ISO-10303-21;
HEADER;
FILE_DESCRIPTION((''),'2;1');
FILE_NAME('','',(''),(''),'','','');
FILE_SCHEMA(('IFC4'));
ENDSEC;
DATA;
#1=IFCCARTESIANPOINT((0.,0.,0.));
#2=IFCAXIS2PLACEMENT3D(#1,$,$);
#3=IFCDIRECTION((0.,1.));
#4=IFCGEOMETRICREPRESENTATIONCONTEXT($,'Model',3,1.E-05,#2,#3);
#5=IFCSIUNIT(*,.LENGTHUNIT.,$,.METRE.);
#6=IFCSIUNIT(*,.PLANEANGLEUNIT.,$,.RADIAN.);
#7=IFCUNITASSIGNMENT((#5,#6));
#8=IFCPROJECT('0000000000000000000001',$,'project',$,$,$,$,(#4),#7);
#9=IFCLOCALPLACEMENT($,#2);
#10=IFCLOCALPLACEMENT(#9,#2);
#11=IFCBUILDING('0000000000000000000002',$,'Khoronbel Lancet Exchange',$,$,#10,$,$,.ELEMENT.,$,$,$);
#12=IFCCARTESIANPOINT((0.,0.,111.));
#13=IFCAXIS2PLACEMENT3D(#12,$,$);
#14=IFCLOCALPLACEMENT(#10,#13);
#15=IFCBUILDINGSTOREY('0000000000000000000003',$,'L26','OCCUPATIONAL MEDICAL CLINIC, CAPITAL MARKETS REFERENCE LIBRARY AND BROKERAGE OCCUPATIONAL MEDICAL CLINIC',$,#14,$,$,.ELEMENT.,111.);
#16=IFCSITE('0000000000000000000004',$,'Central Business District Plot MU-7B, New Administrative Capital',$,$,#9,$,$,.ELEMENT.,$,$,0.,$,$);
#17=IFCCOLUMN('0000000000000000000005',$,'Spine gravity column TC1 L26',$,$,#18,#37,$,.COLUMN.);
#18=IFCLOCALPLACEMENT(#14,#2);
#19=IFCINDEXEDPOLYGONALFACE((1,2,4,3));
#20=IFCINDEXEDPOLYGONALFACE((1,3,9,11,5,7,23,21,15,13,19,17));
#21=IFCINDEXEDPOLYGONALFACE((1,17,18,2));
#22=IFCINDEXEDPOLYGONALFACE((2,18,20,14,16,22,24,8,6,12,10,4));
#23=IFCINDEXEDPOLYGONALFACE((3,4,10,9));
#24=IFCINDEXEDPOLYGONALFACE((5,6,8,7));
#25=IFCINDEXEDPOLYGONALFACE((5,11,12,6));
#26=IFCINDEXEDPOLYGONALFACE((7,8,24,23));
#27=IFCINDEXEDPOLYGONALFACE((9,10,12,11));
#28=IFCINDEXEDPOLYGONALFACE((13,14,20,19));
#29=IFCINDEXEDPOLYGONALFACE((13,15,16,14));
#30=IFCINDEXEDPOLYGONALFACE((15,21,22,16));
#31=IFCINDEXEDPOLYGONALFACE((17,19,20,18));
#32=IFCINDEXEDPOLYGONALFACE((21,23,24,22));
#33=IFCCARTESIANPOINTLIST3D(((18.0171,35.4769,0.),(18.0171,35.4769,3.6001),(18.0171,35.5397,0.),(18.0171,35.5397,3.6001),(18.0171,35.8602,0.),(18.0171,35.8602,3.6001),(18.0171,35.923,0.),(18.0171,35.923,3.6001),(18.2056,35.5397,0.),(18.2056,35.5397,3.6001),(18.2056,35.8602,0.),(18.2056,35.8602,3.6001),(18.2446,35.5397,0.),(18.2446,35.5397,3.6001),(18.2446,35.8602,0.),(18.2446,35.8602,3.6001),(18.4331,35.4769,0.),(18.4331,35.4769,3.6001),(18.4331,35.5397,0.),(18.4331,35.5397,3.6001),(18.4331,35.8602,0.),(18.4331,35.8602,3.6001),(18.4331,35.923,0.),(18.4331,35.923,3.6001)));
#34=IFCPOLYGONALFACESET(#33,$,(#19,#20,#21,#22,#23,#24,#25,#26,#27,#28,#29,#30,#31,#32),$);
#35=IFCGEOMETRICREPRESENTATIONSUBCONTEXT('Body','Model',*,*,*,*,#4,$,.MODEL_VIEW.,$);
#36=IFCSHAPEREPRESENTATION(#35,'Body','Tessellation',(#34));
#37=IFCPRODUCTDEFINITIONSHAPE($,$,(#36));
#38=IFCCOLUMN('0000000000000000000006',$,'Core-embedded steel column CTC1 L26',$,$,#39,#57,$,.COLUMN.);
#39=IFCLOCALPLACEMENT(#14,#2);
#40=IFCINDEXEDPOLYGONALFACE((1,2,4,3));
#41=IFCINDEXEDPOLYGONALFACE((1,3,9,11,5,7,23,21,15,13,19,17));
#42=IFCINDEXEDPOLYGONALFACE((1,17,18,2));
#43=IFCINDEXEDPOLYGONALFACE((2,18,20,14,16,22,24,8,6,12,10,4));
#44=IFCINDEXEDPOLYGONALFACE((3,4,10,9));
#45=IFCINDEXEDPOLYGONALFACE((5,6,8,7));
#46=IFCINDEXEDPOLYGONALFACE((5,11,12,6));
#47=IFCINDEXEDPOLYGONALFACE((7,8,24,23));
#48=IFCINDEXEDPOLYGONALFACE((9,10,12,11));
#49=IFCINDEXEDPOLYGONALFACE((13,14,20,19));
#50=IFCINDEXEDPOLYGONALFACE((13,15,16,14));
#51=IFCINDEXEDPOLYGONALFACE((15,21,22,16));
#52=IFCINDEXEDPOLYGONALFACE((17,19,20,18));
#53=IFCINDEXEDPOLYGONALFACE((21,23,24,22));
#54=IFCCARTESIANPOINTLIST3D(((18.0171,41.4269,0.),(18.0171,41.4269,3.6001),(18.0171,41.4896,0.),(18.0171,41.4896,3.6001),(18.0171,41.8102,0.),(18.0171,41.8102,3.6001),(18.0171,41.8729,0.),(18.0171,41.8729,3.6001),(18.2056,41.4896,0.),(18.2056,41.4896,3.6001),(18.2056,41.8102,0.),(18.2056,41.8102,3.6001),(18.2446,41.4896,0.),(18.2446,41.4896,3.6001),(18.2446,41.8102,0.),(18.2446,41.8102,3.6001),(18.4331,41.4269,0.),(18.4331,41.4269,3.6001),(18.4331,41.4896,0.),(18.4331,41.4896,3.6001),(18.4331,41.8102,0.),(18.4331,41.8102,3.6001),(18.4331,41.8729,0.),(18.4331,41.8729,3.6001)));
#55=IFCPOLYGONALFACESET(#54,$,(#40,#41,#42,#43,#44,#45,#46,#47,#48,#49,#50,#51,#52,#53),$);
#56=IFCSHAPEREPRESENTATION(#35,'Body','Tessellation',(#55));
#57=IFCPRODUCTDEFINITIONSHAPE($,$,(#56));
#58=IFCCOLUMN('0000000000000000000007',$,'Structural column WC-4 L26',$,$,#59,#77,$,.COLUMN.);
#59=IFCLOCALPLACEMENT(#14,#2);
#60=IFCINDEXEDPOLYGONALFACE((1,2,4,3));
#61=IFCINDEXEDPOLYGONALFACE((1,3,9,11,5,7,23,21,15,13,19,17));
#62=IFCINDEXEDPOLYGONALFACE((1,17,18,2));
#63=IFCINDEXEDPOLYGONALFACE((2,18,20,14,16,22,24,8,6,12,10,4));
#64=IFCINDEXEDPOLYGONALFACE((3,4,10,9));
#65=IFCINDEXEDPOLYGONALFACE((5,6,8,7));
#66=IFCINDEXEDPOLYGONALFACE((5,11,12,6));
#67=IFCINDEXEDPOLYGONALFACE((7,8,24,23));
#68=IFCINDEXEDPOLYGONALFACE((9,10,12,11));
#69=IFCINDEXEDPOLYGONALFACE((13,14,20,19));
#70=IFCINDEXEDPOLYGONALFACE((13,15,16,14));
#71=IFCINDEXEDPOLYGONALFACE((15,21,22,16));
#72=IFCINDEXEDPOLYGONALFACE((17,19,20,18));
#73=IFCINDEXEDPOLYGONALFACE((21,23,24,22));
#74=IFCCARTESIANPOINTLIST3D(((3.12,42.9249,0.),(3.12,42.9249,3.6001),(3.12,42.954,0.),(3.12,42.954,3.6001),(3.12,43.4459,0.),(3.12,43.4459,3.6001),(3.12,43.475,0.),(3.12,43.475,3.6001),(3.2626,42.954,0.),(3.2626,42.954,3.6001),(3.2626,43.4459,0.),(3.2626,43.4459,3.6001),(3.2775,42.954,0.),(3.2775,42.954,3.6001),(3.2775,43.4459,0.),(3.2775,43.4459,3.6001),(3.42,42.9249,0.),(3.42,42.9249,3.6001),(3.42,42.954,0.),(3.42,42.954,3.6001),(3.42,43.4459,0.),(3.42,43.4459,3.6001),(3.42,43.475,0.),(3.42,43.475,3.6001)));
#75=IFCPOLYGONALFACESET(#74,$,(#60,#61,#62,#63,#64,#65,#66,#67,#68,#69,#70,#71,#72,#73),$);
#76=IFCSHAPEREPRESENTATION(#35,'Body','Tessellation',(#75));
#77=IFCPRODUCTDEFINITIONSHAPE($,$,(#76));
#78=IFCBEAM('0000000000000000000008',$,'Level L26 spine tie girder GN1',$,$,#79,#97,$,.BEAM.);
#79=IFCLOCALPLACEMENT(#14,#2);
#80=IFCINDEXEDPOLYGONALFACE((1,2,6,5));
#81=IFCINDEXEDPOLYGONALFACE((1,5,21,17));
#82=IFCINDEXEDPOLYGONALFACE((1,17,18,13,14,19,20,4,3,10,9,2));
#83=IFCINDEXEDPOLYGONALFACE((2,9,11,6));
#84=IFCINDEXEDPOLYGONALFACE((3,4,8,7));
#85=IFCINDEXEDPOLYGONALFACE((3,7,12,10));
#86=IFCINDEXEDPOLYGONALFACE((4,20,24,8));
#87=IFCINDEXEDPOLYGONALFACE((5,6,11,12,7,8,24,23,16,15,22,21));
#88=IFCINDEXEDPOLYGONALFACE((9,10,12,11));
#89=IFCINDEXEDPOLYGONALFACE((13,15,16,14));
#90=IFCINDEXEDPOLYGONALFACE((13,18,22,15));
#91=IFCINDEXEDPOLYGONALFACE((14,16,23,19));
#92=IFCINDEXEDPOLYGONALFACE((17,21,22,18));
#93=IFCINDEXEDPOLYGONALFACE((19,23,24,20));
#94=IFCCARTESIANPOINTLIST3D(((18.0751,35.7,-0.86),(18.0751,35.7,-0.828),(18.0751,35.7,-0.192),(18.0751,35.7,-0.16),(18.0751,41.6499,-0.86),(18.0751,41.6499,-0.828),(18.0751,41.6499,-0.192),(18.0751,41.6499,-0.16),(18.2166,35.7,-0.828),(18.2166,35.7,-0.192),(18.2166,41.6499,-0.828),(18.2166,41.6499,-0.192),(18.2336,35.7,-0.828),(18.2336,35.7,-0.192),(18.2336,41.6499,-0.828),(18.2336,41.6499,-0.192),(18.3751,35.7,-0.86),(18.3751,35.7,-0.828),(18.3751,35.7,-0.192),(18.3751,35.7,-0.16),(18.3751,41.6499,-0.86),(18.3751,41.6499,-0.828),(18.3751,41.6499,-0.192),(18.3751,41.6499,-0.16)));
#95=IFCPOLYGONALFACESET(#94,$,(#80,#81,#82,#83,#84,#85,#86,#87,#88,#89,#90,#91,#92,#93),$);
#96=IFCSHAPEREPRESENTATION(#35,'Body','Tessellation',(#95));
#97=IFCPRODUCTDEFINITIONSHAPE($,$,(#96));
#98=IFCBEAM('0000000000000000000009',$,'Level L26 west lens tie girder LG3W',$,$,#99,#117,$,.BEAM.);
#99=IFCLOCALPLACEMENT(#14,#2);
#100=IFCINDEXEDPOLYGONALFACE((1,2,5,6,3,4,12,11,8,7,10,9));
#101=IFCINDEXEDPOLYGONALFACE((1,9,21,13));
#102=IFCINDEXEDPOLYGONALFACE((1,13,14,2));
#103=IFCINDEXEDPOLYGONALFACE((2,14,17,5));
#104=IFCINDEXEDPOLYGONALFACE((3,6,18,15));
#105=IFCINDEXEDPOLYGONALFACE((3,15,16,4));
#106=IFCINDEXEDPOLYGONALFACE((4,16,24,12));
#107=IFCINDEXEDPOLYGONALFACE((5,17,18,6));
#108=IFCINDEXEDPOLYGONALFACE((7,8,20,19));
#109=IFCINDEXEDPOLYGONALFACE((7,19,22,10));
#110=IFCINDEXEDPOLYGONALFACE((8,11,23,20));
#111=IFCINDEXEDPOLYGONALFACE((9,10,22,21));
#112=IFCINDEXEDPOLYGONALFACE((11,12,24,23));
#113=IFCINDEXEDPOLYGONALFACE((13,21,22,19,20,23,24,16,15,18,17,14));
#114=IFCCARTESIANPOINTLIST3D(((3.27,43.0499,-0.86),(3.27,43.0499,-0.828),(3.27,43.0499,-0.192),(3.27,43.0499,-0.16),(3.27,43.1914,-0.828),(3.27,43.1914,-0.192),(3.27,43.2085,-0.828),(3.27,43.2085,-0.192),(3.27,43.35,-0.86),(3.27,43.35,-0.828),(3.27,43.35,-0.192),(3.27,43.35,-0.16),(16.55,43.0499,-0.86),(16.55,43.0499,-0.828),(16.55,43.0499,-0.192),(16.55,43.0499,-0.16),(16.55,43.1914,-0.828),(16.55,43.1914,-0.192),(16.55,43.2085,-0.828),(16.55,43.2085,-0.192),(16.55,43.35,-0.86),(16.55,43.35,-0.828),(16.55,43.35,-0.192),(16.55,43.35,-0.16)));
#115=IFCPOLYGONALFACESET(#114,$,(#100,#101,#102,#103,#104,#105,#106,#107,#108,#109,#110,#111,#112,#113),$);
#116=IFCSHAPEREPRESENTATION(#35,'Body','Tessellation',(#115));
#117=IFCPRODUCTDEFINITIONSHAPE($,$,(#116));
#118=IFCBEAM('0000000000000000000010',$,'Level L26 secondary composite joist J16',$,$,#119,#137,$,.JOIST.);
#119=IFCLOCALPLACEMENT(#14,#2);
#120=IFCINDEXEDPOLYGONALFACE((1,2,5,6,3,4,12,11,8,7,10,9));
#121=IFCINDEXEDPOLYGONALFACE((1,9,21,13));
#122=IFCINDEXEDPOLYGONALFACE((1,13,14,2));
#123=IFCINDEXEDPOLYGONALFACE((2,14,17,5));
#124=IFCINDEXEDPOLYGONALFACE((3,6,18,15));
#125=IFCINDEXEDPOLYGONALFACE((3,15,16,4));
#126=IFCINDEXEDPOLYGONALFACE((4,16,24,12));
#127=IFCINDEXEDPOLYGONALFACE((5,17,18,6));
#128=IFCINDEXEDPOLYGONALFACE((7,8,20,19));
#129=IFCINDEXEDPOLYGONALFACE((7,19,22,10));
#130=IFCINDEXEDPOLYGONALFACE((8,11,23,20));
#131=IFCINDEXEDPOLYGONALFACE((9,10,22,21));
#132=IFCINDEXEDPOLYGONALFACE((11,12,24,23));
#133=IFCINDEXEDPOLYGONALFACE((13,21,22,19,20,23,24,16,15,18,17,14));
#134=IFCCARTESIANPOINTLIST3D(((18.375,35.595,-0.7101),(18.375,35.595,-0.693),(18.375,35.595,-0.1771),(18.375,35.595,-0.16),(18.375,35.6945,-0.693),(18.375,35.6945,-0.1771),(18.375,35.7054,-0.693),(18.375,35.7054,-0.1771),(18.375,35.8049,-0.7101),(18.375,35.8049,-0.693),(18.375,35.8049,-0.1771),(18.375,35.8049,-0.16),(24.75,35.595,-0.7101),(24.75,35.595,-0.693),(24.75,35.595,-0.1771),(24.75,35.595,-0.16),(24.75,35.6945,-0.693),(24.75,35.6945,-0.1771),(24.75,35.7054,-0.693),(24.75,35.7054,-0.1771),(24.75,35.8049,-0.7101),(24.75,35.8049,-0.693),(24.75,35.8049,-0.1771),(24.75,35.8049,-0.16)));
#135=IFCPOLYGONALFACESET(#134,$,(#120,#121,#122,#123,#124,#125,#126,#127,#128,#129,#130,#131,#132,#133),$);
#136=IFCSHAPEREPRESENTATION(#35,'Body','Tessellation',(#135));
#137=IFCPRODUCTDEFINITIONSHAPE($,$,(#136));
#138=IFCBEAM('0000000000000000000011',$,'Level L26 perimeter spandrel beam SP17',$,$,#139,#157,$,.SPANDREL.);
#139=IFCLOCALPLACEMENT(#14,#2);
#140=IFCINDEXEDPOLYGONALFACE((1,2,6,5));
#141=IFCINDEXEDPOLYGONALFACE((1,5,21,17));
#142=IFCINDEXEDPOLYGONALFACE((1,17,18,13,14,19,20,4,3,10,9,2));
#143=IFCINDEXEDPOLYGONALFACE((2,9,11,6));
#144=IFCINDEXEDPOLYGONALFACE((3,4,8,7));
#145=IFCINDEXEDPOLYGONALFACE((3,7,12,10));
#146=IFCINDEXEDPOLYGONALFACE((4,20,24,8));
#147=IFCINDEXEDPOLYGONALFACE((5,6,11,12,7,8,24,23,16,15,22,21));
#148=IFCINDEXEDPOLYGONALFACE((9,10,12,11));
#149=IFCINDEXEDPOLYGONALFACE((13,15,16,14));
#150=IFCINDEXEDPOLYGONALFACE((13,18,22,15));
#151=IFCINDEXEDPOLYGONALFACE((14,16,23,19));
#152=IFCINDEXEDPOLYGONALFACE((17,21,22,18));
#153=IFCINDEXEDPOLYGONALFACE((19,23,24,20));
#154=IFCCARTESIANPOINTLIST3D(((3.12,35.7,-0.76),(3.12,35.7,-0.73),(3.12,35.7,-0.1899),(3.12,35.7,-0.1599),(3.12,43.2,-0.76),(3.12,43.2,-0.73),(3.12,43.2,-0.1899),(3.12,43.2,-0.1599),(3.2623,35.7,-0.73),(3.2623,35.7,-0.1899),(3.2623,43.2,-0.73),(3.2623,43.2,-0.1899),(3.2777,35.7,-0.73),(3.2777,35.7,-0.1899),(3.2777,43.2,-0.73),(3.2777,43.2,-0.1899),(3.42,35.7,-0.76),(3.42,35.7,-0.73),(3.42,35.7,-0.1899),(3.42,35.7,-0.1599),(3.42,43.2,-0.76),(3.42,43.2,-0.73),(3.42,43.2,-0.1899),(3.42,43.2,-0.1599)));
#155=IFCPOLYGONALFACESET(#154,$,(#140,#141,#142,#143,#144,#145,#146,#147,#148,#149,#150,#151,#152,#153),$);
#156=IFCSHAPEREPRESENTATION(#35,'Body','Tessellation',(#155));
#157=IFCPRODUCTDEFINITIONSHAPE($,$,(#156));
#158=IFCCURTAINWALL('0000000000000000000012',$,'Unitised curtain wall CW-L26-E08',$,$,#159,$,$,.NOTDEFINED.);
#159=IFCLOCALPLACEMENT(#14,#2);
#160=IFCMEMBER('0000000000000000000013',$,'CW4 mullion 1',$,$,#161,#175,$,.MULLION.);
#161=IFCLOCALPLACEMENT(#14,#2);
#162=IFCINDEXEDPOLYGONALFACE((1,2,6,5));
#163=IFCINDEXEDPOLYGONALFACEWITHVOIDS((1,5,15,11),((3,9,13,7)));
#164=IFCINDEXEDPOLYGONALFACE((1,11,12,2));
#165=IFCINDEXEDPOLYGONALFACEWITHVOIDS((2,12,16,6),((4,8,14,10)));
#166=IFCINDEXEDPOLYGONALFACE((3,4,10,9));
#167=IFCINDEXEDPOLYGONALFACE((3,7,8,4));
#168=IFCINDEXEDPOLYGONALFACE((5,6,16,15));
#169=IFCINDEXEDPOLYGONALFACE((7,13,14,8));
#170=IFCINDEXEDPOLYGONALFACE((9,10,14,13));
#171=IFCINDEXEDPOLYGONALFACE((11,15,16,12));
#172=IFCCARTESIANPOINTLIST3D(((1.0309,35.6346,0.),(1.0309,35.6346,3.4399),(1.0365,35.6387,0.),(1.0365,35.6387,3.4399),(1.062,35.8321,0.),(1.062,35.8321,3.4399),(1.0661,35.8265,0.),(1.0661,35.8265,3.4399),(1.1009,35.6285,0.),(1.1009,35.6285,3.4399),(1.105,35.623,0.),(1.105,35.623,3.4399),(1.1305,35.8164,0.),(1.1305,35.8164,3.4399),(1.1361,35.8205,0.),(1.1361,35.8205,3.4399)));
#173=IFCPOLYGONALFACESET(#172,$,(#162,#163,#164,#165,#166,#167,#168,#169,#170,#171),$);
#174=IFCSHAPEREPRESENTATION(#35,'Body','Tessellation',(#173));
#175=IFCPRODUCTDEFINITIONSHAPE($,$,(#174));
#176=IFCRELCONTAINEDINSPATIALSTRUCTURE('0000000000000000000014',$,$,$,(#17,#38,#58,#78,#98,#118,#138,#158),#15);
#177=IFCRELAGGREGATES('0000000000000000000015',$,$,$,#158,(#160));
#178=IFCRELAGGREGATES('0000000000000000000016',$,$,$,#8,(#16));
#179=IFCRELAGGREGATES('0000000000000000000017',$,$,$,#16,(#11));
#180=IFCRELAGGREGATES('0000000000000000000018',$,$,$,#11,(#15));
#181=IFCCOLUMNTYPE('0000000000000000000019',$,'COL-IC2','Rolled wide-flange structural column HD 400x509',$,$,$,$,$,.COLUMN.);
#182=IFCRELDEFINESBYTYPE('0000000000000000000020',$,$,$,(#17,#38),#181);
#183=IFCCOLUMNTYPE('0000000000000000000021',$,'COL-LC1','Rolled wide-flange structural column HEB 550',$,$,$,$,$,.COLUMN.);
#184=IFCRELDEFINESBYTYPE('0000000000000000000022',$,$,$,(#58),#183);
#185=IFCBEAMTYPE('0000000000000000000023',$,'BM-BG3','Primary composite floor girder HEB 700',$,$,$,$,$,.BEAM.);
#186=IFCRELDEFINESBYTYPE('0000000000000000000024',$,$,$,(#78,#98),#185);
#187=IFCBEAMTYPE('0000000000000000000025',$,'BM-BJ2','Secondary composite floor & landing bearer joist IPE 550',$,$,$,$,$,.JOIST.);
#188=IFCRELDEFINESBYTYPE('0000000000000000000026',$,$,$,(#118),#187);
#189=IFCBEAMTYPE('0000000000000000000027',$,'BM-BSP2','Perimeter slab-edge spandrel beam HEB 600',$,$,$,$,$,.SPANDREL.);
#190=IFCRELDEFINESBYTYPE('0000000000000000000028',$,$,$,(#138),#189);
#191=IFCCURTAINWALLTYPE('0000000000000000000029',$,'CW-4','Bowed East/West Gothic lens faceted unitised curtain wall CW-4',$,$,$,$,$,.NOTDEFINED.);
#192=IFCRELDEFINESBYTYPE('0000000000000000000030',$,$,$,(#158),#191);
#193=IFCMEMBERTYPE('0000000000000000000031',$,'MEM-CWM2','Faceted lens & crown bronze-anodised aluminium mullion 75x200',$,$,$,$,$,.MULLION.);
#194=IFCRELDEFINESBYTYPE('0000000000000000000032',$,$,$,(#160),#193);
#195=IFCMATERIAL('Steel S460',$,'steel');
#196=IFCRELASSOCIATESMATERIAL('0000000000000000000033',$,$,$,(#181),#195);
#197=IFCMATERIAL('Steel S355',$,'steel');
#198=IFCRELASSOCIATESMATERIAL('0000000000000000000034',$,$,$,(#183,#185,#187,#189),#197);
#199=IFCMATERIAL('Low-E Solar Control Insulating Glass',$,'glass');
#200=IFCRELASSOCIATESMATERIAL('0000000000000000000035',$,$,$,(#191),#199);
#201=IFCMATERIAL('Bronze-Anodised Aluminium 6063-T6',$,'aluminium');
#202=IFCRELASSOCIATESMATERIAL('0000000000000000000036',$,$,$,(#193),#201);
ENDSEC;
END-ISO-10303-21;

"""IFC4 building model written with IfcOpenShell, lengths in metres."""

from ifc_helpers import new_model, si_unit, direction, frame, origin, origin_2d, place, context, subcontext, project, spatial, hollow_rectangle, i_section, extrude, material, material_profile, profile_set, type_object, element, aggregate, save


model = new_model("IFC4")

# Units and contexts
model_context = context("Model", 3, precision=1e-05, world=origin(), true_north=direction((0.0, 1.0)))
body_context = subcontext(model_context, "Body", "Model", "MODEL_VIEW")
ifc_project = project(units=[si_unit("LENGTHUNIT", "METRE"), si_unit("PLANEANGLEUNIT", "RADIAN")], contexts=[model_context])

# Site, building, storey
site_placement = place(None, origin())
site = spatial("IfcSite", under=ifc_project, at=site_placement, Name="Central Business District Plot MU-7B, New Administrative Capital", CompositionType="ELEMENT", RefElevation=0.0)
building_placement = place(site_placement, origin())
building = spatial("IfcBuilding", under=site, at=building_placement, Name="Khoronbel Lancet Exchange", CompositionType="ELEMENT")
storey_placement = place(building_placement, frame((0.0, 0.0, 111.0)))
storey = spatial("IfcBuildingStorey", under=building, at=storey_placement, Name="L26", Description="OCCUPATIONAL MEDICAL CLINIC, CAPITAL MARKETS REFERENCE LIBRARY AND BROKERAGE OCCUPATIONAL MEDICAL CLINIC", CompositionType="ELEMENT", Elevation=111.0)

# Columns
ifc_material_1 = material(Name="Steel S460", Category="steel")
ifc_material_profile_1 = material_profile(ifc_material_1, i_section(OverallWidth=0.416, OverallDepth=0.446, WebThickness=0.0391, FlangeThickness=0.0627, at=origin_2d()), Name="HD 400x509")
ifc_profile_set_1 = profile_set([ifc_material_profile_1], Name="Steel S460")
column_type_1 = type_object("IfcColumnType", Name="COL-IC2", Description="Rolled wide-flange structural column HD 400x509", PredefinedType="COLUMN", material=ifc_profile_set_1)
for number, where, z_axis, x_axis, name in (
    (1, (18.2251, 35.7, 0.0), (0.0, 0.0, 1.0), (1.0, 0.0, 0.0), "Spine gravity column TC1 L26"),
    (2, (18.2251, 41.6499, 0.0), (0.0, 0.0, 1.0), (1.0, 0.0, 0.0), "Core-embedded steel column CTC1 L26"),
):
    element("IfcColumn", number, at=place(storey_placement, frame(where, z_axis=z_axis, x_axis=x_axis)), inside=storey, type_object=column_type_1, Name=name, PredefinedType="COLUMN", context=body_context, shape_type="SweptSolid", body=[
        extrude(i_section(OverallWidth=0.416, OverallDepth=0.446, WebThickness=0.0391, FlangeThickness=0.0627, at=origin_2d()), origin(), (0.0, 0.0, 1.0), 3.6001),
    ])
ifc_material_2 = material(Name="Steel S355", Category="steel")
ifc_material_profile_2 = material_profile(ifc_material_2, i_section(OverallWidth=0.3, OverallDepth=0.55, WebThickness=0.0149, FlangeThickness=0.0291, at=origin_2d()), Name="HEB 550")
ifc_profile_set_2 = profile_set([ifc_material_profile_2], Name="Steel S355")
column_type_2 = type_object("IfcColumnType", Name="COL-LC1", Description="Rolled wide-flange structural column HEB 550", PredefinedType="COLUMN", material=ifc_profile_set_2)
column_placement = place(storey_placement, frame((3.27, 43.2, 0.0), z_axis=(0.0, 0.0, 1.0), x_axis=(1.0, 0.0, 0.0)))
element("IfcColumn", 3, at=column_placement, inside=storey, type_object=column_type_2, Name="Structural column WC-4 L26", PredefinedType="COLUMN", context=body_context, shape_type="SweptSolid", body=[
    extrude(i_section(OverallWidth=0.3, OverallDepth=0.55, WebThickness=0.0149, FlangeThickness=0.0291, at=origin_2d()), origin(), (0.0, 0.0, 1.0), 3.6001),
])

# Beams
ifc_material_profile_3 = material_profile(ifc_material_2, i_section(OverallWidth=0.3, OverallDepth=0.7, WebThickness=0.0171, FlangeThickness=0.032, at=origin_2d()), Name="HEB 700")
ifc_profile_set_3 = profile_set([ifc_material_profile_3], Name="Steel S355")
beam_type_1 = type_object("IfcBeamType", Name="BM-BG3", Description="Primary composite floor girder HEB 700", PredefinedType="BEAM", material=ifc_profile_set_3)
beam_1_placement = place(storey_placement, frame((18.2251, 35.7, -0.51), z_axis=(0.0, 1.0, 0.0), x_axis=(-1.0, 0.0, 0.0)))
element("IfcBeam", 4, at=beam_1_placement, inside=storey, type_object=beam_type_1, Name="Level L26 spine tie girder GN1", PredefinedType="BEAM", context=body_context, shape_type="SweptSolid", body=[
    extrude(i_section(OverallWidth=0.3, OverallDepth=0.7, WebThickness=0.0171, FlangeThickness=0.032, at=origin_2d()), origin(), (0.0, 0.0, 1.0), 5.95),
])
beam_2_placement = place(storey_placement, frame((3.27, 43.2, -0.51), z_axis=(1.0, 0.0, 0.0), x_axis=(0.0, 1.0, 0.0)))
element("IfcBeam", 5, at=beam_2_placement, inside=storey, type_object=beam_type_1, Name="Level L26 west lens tie girder LG3W", PredefinedType="BEAM", context=body_context, shape_type="SweptSolid", body=[
    extrude(i_section(OverallWidth=0.3, OverallDepth=0.7, WebThickness=0.0171, FlangeThickness=0.032, at=origin_2d()), origin(), (0.0, 0.0, 1.0), 13.28),
])
ifc_material_profile_4 = material_profile(ifc_material_2, i_section(OverallWidth=0.21, OverallDepth=0.55, WebThickness=0.011, FlangeThickness=0.0171, at=origin_2d()), Name="IPE 550")
ifc_profile_set_4 = profile_set([ifc_material_profile_4], Name="Steel S355")
beam_type_2 = type_object("IfcBeamType", Name="BM-BJ2", Description="Secondary composite floor & landing bearer joist IPE 550", PredefinedType="JOIST", material=ifc_profile_set_4)
beam_3_placement = place(storey_placement, frame((18.375, 35.7, -0.4351), z_axis=(1.0, 0.0, 0.0), x_axis=(0.0, 1.0, 0.0)))
element("IfcBeam", 6, at=beam_3_placement, inside=storey, type_object=beam_type_2, Name="Level L26 secondary composite joist J16", PredefinedType="JOIST", context=body_context, shape_type="SweptSolid", body=[
    extrude(i_section(OverallWidth=0.21, OverallDepth=0.55, WebThickness=0.011, FlangeThickness=0.0171, at=origin_2d()), origin(), (0.0, 0.0, 1.0), 6.375),
])
ifc_material_profile_5 = material_profile(ifc_material_2, i_section(OverallWidth=0.3, OverallDepth=0.6001, WebThickness=0.0154, FlangeThickness=0.03, at=origin_2d()), Name="HEB 600")
ifc_profile_set_5 = profile_set([ifc_material_profile_5], Name="Steel S355")
beam_type_3 = type_object("IfcBeamType", Name="BM-BSP2", Description="Perimeter slab-edge spandrel beam HEB 600", PredefinedType="SPANDREL", material=ifc_profile_set_5)
beam_4_placement = place(storey_placement, frame((3.27, 43.2, -0.46), z_axis=(0.0, -1.0, 0.0), x_axis=(1.0, 0.0, 0.0)))
element("IfcBeam", 7, at=beam_4_placement, inside=storey, type_object=beam_type_3, Name="Level L26 perimeter spandrel beam SP17", PredefinedType="SPANDREL", context=body_context, shape_type="SweptSolid", body=[
    extrude(i_section(OverallWidth=0.3, OverallDepth=0.6001, WebThickness=0.0154, FlangeThickness=0.03, at=origin_2d()), origin(), (0.0, 0.0, 1.0), 7.5),
])

# Curtain wall, member
ifc_material_3 = material(Name="Low-E Solar Control Insulating Glass", Category="glass")
curtain_wall_type = type_object("IfcCurtainWallType", Name="CW-4", Description="Bowed East/West Gothic lens faceted unitised curtain wall CW-4", PredefinedType="NOTDEFINED", material=ifc_material_3)
curtain_wall_1_placement = place(storey_placement, origin())
curtain_wall_1 = element("IfcCurtainWall", 8, at=curtain_wall_1_placement, inside=storey, type_object=curtain_wall_type, Name="Unitised curtain wall CW-L26-E08", PredefinedType="NOTDEFINED")
ifc_material_4 = material(Name="Bronze-Anodised Aluminium 6063-T6", Category="aluminium")
ifc_material_profile_6 = material_profile(ifc_material_4, hollow_rectangle(XDim=0.075, YDim=0.2, WallThickness=0.0049, at=origin_2d()), Name="ALU MULLION 75x200")
ifc_profile_set_6 = profile_set([ifc_material_profile_6], Name="Bronze-Anodised Aluminium 6063-T6")
member_type_1 = type_object("IfcMemberType", Name="MEM-CWM2", Description="Faceted lens & crown bronze-anodised aluminium mullion 75x200", PredefinedType="MULLION", material=ifc_profile_set_6)
member_1_placement = place(storey_placement, frame((1.0835, 35.7275, 0.0), z_axis=(0.0, 0.0, 1.0), x_axis=(-0.987839, 0.155483, 0.0)))
member_1 = element("IfcMember", 9, at=member_1_placement, type_object=member_type_1, Name="CW4 mullion 1", PredefinedType="MULLION", context=body_context, shape_type="SweptSolid", body=[
    extrude(hollow_rectangle(XDim=0.075, YDim=0.2, WallThickness=0.0049, at=origin_2d()), origin(), (0.0, 0.0, 1.0), 3.4399),
])

aggregate(curtain_wall_1, [member_1])

save(model, "model.ifc")
